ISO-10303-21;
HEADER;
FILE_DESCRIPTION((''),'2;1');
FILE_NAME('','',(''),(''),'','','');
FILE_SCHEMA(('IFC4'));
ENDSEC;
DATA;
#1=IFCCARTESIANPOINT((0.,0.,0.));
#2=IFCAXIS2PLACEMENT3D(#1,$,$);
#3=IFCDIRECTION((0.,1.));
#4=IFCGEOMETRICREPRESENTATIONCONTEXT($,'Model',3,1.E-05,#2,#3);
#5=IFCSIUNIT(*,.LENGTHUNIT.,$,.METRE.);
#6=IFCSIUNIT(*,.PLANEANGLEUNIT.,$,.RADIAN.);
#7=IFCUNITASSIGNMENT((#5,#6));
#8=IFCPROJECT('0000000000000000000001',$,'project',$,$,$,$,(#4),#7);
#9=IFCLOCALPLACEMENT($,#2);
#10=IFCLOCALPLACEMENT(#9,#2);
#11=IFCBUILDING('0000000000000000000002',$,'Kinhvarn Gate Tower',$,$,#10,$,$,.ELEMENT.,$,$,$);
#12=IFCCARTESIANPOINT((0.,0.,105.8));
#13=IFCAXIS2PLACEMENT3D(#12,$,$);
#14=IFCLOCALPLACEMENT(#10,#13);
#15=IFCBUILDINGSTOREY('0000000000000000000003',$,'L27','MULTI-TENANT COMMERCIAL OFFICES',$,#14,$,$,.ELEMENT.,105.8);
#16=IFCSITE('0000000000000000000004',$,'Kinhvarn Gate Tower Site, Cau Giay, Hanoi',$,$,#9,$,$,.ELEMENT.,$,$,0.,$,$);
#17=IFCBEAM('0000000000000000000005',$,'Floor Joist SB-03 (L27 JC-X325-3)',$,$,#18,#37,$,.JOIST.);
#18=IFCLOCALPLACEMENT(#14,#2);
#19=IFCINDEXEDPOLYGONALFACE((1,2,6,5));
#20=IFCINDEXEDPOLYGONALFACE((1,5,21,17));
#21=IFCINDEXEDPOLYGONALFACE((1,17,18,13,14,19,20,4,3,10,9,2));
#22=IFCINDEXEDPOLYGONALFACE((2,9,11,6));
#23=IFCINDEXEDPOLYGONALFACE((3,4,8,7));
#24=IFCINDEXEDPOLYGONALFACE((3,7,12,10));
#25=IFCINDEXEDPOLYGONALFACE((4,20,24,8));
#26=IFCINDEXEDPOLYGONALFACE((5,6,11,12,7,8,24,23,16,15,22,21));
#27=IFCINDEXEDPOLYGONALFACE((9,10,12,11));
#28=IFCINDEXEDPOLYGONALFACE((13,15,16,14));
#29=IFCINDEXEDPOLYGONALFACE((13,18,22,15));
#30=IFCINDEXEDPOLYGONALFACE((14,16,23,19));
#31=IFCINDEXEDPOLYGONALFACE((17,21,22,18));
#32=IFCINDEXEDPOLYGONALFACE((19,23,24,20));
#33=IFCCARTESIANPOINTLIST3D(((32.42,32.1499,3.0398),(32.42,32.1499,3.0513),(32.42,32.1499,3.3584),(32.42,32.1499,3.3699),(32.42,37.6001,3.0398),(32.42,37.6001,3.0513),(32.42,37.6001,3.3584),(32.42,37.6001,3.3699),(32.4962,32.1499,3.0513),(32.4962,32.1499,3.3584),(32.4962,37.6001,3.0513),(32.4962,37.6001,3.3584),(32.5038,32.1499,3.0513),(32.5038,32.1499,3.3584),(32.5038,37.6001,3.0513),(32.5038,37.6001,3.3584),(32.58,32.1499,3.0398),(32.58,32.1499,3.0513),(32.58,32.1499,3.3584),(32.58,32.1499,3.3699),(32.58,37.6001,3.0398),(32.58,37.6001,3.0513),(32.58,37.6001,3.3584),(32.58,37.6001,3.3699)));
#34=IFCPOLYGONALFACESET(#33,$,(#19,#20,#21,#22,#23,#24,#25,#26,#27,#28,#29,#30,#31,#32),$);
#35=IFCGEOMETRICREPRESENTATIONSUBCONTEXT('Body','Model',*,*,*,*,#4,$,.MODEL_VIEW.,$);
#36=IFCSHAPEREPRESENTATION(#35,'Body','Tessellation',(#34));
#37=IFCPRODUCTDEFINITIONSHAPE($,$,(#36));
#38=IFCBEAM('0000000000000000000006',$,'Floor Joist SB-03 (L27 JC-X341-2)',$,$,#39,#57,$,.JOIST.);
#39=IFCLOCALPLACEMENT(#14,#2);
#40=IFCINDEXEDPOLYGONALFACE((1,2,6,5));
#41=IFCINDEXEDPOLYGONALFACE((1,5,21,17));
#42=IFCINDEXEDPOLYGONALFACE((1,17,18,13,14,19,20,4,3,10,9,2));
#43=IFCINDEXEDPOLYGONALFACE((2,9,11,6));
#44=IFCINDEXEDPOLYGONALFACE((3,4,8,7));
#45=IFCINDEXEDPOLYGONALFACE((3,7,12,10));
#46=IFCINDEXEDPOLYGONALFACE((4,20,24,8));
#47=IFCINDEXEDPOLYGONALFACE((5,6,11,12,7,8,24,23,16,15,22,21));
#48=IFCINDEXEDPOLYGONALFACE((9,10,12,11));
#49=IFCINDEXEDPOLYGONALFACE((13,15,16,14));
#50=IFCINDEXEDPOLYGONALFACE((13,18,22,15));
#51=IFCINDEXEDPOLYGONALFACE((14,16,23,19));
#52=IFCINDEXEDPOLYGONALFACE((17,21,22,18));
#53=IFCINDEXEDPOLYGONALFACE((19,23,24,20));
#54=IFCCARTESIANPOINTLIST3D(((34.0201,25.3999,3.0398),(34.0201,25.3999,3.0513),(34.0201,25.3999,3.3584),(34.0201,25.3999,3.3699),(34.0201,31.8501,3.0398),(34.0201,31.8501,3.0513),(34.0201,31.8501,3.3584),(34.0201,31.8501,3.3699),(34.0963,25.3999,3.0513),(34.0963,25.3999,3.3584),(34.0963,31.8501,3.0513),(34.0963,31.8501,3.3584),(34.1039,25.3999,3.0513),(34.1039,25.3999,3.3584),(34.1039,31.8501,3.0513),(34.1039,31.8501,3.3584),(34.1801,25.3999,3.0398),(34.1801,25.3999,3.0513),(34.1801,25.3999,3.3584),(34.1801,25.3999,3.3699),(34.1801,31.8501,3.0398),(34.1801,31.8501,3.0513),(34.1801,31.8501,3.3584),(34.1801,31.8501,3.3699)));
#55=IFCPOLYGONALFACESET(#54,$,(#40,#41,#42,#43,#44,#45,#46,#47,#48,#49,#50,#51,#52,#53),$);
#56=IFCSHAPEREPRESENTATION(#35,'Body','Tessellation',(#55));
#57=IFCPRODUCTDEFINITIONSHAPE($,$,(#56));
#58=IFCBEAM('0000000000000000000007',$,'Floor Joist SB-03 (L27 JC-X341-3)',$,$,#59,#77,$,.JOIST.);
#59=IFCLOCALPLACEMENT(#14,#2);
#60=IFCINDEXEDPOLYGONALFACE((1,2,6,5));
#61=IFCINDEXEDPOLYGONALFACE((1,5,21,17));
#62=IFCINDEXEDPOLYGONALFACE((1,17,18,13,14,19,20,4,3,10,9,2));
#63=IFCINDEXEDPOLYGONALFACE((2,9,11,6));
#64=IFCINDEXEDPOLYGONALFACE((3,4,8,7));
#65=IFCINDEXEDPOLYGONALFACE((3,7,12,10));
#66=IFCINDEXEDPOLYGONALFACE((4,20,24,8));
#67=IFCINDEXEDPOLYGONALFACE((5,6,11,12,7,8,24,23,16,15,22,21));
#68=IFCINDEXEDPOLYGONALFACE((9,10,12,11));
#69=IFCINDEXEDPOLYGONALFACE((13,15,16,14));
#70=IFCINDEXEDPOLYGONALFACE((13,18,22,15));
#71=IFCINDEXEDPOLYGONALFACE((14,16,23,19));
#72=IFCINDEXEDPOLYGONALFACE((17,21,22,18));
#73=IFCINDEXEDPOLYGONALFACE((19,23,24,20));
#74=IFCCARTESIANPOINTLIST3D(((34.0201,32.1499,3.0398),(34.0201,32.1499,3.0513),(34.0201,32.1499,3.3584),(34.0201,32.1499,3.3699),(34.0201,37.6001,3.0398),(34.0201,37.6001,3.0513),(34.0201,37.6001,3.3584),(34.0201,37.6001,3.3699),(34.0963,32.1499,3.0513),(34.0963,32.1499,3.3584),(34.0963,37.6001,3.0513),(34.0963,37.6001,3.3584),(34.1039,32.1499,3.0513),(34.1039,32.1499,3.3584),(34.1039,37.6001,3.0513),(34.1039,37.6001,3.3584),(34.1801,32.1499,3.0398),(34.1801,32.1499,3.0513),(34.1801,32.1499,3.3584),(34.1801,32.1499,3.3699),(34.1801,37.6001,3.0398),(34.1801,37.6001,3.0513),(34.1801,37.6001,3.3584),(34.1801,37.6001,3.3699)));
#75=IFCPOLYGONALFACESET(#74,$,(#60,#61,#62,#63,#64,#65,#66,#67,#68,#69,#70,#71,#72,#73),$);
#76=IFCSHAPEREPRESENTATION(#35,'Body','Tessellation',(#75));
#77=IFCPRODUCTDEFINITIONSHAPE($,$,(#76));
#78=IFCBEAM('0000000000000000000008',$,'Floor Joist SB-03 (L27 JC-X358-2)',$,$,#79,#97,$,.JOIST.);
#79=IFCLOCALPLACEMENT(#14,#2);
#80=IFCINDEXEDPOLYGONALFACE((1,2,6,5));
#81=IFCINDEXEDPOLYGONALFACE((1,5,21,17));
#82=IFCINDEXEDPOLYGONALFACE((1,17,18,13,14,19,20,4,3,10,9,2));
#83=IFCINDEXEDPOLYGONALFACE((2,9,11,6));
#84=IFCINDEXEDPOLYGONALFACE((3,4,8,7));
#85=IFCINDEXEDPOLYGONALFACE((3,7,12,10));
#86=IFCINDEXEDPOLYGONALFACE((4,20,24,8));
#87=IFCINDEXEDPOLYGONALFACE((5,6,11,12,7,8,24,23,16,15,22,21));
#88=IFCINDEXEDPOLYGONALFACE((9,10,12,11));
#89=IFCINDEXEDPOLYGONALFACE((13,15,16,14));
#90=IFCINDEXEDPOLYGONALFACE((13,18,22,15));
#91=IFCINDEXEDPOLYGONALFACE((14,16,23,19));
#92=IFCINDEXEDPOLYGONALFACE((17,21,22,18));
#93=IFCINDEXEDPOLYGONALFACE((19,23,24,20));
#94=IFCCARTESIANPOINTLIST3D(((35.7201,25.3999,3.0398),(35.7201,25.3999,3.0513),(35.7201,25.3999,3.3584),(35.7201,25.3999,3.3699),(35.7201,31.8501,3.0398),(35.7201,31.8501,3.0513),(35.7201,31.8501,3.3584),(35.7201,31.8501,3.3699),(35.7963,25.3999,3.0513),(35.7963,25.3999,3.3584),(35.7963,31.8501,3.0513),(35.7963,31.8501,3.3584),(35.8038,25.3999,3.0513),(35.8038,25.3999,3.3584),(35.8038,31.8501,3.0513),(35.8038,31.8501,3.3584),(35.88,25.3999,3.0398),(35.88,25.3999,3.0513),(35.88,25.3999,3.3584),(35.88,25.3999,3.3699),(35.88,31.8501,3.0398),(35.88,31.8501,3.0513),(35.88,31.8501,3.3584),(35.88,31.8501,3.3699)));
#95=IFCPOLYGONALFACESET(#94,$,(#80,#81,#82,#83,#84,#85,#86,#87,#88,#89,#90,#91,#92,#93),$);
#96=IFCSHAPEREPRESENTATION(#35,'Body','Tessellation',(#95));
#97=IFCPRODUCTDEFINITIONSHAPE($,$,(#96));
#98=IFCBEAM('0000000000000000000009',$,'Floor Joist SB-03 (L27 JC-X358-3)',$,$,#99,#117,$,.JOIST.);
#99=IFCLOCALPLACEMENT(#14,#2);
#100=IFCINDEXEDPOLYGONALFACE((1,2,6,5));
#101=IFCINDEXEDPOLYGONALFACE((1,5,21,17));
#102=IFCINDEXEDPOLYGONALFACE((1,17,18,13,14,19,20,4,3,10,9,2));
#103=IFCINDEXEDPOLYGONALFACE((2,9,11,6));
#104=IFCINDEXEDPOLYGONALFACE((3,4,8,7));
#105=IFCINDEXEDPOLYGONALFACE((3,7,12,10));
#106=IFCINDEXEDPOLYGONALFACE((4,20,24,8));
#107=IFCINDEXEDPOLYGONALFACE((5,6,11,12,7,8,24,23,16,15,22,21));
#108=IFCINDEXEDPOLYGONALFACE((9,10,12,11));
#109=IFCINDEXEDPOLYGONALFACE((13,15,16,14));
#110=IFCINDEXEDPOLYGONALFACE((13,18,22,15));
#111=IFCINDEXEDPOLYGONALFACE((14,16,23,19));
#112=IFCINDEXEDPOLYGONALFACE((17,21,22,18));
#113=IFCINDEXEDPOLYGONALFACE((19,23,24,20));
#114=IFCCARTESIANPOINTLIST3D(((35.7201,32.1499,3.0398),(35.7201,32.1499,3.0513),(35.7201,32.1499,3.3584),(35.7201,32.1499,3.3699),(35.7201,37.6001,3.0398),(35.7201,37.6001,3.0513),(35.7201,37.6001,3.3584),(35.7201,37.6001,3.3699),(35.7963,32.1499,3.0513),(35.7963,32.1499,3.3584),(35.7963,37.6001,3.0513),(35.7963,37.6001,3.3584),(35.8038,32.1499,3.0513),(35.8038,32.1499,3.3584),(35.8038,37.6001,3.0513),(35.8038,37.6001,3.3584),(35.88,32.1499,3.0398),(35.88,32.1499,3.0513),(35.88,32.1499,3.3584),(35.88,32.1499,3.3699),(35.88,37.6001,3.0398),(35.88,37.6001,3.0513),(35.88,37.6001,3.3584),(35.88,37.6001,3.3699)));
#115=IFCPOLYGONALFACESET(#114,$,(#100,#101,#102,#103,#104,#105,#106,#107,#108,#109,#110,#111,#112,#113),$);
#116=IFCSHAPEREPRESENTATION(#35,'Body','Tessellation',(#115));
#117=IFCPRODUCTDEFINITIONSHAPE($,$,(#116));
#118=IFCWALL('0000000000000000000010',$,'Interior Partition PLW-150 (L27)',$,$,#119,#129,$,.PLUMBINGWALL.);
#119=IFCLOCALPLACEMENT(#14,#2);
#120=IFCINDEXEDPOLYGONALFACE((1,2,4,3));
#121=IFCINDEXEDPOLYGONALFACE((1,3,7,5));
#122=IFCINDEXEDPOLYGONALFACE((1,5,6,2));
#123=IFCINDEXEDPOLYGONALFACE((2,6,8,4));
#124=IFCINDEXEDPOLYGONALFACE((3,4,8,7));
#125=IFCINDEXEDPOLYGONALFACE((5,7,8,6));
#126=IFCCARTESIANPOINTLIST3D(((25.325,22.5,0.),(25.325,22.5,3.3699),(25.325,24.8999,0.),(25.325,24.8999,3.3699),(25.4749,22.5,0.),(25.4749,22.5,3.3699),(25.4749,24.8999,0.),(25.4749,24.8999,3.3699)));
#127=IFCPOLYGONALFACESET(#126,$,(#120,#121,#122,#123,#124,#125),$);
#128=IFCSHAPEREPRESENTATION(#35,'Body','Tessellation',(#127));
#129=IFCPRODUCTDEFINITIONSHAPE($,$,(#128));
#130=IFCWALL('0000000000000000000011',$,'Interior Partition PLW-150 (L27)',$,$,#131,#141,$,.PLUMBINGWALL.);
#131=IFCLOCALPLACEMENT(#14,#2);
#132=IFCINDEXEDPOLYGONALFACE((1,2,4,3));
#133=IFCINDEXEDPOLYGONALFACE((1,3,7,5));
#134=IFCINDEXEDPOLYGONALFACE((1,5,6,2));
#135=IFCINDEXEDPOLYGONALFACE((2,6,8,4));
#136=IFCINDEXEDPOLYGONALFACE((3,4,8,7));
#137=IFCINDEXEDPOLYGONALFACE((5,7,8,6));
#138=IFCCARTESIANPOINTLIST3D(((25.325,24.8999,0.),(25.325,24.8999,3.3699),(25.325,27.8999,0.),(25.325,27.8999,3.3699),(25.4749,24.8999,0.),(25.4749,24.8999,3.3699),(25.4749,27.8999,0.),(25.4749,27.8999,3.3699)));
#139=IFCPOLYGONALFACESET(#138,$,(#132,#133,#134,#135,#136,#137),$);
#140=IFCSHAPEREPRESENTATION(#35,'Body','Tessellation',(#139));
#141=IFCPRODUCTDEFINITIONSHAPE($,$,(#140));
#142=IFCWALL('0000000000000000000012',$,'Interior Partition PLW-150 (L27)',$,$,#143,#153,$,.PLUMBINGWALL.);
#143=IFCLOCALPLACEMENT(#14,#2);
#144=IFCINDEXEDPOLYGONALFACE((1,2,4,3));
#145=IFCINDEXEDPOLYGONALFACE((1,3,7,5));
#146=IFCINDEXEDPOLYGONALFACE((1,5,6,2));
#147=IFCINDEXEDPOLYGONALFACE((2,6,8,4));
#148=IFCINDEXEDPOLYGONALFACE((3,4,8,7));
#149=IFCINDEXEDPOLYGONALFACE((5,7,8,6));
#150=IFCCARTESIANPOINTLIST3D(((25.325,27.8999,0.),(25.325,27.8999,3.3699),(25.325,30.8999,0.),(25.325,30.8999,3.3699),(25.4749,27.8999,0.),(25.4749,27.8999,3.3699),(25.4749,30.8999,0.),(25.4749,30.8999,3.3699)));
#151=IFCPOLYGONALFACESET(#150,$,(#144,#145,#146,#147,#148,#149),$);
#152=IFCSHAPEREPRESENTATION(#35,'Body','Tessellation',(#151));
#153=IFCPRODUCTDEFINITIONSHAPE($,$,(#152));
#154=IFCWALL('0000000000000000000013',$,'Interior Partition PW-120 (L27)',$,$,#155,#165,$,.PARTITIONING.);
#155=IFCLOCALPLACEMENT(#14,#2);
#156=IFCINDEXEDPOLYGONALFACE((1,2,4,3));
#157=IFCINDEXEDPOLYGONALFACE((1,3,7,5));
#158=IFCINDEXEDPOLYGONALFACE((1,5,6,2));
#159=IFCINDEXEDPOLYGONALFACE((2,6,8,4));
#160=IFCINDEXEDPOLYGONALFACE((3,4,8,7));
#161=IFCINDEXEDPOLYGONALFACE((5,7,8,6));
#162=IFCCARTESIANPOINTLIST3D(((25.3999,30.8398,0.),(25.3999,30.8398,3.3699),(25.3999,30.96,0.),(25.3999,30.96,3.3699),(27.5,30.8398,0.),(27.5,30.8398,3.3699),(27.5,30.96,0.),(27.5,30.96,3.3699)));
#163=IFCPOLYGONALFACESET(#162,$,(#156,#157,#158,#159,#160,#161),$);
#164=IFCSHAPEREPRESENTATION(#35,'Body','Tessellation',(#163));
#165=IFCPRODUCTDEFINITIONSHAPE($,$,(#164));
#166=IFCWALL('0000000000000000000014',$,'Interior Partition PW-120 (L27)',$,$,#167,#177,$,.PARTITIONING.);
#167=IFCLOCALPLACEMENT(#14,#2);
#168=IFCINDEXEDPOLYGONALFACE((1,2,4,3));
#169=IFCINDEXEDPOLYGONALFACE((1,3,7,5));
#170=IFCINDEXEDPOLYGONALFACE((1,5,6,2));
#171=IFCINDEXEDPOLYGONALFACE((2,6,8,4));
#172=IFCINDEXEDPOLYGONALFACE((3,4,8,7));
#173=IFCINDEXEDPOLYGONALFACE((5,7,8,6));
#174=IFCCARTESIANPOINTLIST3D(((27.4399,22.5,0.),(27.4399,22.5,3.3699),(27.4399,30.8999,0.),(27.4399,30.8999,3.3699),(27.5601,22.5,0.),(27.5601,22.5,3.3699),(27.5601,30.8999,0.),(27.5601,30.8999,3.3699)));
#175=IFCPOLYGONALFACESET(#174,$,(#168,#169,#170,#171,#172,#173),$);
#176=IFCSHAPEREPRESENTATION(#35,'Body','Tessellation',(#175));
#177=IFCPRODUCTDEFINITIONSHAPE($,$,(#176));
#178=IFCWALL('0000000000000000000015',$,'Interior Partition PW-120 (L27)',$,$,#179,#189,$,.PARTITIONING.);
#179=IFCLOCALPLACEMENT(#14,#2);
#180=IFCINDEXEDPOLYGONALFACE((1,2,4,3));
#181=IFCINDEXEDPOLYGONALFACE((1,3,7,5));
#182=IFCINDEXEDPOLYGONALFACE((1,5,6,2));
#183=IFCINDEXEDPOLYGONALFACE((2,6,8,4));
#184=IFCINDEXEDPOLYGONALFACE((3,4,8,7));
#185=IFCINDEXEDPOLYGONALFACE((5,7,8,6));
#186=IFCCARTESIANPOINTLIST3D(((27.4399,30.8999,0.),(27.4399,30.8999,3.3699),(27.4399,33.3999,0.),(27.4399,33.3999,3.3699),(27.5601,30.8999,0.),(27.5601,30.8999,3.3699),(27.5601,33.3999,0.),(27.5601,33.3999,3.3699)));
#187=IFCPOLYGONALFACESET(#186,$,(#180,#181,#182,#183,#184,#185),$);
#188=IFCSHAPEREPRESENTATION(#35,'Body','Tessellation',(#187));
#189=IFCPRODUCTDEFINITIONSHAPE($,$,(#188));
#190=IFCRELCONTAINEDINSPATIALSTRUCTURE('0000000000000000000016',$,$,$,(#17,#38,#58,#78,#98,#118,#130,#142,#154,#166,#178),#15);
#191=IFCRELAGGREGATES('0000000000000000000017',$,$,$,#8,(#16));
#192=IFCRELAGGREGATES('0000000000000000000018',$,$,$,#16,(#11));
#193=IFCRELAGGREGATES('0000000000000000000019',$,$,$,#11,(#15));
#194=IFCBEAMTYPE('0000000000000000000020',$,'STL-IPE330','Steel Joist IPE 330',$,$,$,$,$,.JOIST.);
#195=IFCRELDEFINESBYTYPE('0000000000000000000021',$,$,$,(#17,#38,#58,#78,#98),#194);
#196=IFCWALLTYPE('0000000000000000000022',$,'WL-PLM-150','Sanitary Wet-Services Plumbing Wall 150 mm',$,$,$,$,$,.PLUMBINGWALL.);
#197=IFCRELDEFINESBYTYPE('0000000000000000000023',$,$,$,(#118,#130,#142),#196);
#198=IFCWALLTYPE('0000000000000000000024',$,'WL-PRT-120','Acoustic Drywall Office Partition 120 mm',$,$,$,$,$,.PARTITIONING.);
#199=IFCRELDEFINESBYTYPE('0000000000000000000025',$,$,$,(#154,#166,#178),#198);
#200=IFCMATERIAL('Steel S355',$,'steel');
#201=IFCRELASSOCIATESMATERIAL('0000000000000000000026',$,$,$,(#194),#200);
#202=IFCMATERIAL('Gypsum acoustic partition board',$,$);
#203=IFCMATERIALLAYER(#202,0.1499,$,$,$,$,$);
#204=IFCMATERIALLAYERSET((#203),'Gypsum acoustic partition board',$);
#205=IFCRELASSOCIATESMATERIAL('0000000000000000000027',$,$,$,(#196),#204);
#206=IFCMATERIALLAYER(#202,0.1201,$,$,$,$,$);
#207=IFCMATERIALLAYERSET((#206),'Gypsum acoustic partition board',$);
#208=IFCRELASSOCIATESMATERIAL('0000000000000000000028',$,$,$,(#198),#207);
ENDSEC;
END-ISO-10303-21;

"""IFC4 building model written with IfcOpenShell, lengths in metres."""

from ifc_helpers import new_model, si_unit, direction, frame, frame_2d, origin, origin_2d, place, context, subcontext, project, spatial, rectangle, i_section, extrude, material, layer, layer_set, material_profile, profile_set, type_object, element, save


model = new_model("IFC4")

# Units and contexts
model_context = context("Model", 3, precision=1e-05, world=origin(), true_north=direction((0.0, 1.0)))
body_context = subcontext(model_context, "Body", "Model", "MODEL_VIEW")
ifc_project = project(units=[si_unit("LENGTHUNIT", "METRE"), si_unit("PLANEANGLEUNIT", "RADIAN")], contexts=[model_context])

# Site, building, storey
site_placement = place(None, origin())
site = spatial("IfcSite", under=ifc_project, at=site_placement, Name="Kinhvarn Gate Tower Site, Cau Giay, Hanoi", CompositionType="ELEMENT", RefElevation=0.0)
building_placement = place(site_placement, origin())
building = spatial("IfcBuilding", under=site, at=building_placement, Name="Kinhvarn Gate Tower", CompositionType="ELEMENT")
storey_placement = place(building_placement, frame((0.0, 0.0, 105.8)))
storey = spatial("IfcBuildingStorey", under=building, at=storey_placement, Name="L27", Description="MULTI-TENANT COMMERCIAL OFFICES", CompositionType="ELEMENT", Elevation=105.8)

# Beams
ifc_material_1 = material(Name="Steel S355", Category="steel")
ifc_material_profile_1 = material_profile(ifc_material_1, i_section(OverallWidth=0.1599, OverallDepth=0.3301, WebThickness=0.0076, FlangeThickness=0.0115, at=origin_2d()), Name="IPE 330")
ifc_profile_set_1 = profile_set([ifc_material_profile_1], Name="Steel S355")
beam_type_1 = type_object("IfcBeamType", Name="STL-IPE330", Description="Steel Joist IPE 330", PredefinedType="JOIST", material=ifc_profile_set_1)
beam_1_placement = place(storey_placement, frame((32.5, 32.1499, 3.2048), z_axis=(0.0, 1.0, 0.0), x_axis=(-1.0, 0.0, 0.0)))
element("IfcBeam", 1, at=beam_1_placement, inside=storey, type_object=beam_type_1, Name="Floor Joist SB-03 (L27 JC-X325-3)", PredefinedType="JOIST", context=body_context, shape_type="SweptSolid", body=[
    extrude(i_section(OverallWidth=0.1599, OverallDepth=0.3301, WebThickness=0.0076, FlangeThickness=0.0115, at=origin_2d()), origin(), (0.0, 0.0, 1.0), 5.4502),
])
beam_2_placement = place(storey_placement, frame((34.1001, 25.3999, 3.2048), z_axis=(0.0, 1.0, 0.0), x_axis=(-1.0, 0.0, 0.0)))
element("IfcBeam", 2, at=beam_2_placement, inside=storey, type_object=beam_type_1, Name="Floor Joist SB-03 (L27 JC-X341-2)", PredefinedType="JOIST", context=body_context, shape_type="SweptSolid", body=[
    extrude(i_section(OverallWidth=0.1599, OverallDepth=0.3301, WebThickness=0.0076, FlangeThickness=0.0115, at=origin_2d()), origin(), (0.0, 0.0, 1.0), 6.4502),
])
beam_3_placement = place(storey_placement, frame((34.1001, 32.1499, 3.2048), z_axis=(0.0, 1.0, 0.0), x_axis=(-1.0, 0.0, 0.0)))
element("IfcBeam", 3, at=beam_3_placement, inside=storey, type_object=beam_type_1, Name="Floor Joist SB-03 (L27 JC-X341-3)", PredefinedType="JOIST", context=body_context, shape_type="SweptSolid", body=[
    extrude(i_section(OverallWidth=0.1599, OverallDepth=0.3301, WebThickness=0.0076, FlangeThickness=0.0115, at=origin_2d()), origin(), (0.0, 0.0, 1.0), 5.4502),
])
beam_4_placement = place(storey_placement, frame((35.8, 25.3999, 3.2048), z_axis=(0.0, 1.0, 0.0), x_axis=(-1.0, 0.0, 0.0)))
element("IfcBeam", 4, at=beam_4_placement, inside=storey, type_object=beam_type_1, Name="Floor Joist SB-03 (L27 JC-X358-2)", PredefinedType="JOIST", context=body_context, shape_type="SweptSolid", body=[
    extrude(i_section(OverallWidth=0.1599, OverallDepth=0.3301, WebThickness=0.0076, FlangeThickness=0.0115, at=origin_2d()), origin(), (0.0, 0.0, 1.0), 6.4502),
])
beam_5_placement = place(storey_placement, frame((35.8, 32.1499, 3.2048), z_axis=(0.0, 1.0, 0.0), x_axis=(-1.0, 0.0, 0.0)))
element("IfcBeam", 5, at=beam_5_placement, inside=storey, type_object=beam_type_1, Name="Floor Joist SB-03 (L27 JC-X358-3)", PredefinedType="JOIST", context=body_context, shape_type="SweptSolid", body=[
    extrude(i_section(OverallWidth=0.1599, OverallDepth=0.3301, WebThickness=0.0076, FlangeThickness=0.0115, at=origin_2d()), origin(), (0.0, 0.0, 1.0), 5.4502),
])

# Walls
ifc_material_2 = material(Name="Gypsum acoustic partition board")
ifc_layer_1 = layer(ifc_material_2, 0.1499)
ifc_layer_set_1 = layer_set([ifc_layer_1], Name="Gypsum acoustic partition board")
wall_type_1 = type_object("IfcWallType", Name="WL-PLM-150", Description="Sanitary Wet-Services Plumbing Wall 150 mm", PredefinedType="PLUMBINGWALL", material=ifc_layer_set_1)
wall_1_placement = place(storey_placement, frame((25.3999, 22.5, 0.0), z_axis=(0.0, 0.0, 1.0), x_axis=(0.0, 1.0, 0.0)))
element("IfcWall", 6, at=wall_1_placement, inside=storey, type_object=wall_type_1, Name="Interior Partition PLW-150 (L27)", PredefinedType="PLUMBINGWALL", context=body_context, shape_type="SweptSolid", body=[
    extrude(rectangle(XDim=2.3999, YDim=0.1499, at=frame_2d((1.2, 0.0))), origin(), (0.0, 0.0, 1.0), 3.3699),
])
for number, where, z_axis, x_axis, name in (
    (7, (25.3999, 24.8999, 0.0), (0.0, 0.0, 1.0), (0.0, 1.0, 0.0), "Interior Partition PLW-150 (L27)"),
    (8, (25.3999, 27.8999, 0.0), (0.0, 0.0, 1.0), (0.0, 1.0, 0.0), "Interior Partition PLW-150 (L27)"),
):
    element("IfcWall", number, at=place(storey_placement, frame(where, z_axis=z_axis, x_axis=x_axis)), inside=storey, type_object=wall_type_1, Name=name, PredefinedType="PLUMBINGWALL", context=body_context, shape_type="SweptSolid", body=[
        extrude(rectangle(XDim=3.0, YDim=0.1499, at=frame_2d((1.5, 0.0))), origin(), (0.0, 0.0, 1.0), 3.3699),
    ])
ifc_layer_2 = layer(ifc_material_2, 0.1201)
ifc_layer_set_2 = layer_set([ifc_layer_2], Name="Gypsum acoustic partition board")
wall_type_2 = type_object("IfcWallType", Name="WL-PRT-120", Description="Acoustic Drywall Office Partition 120 mm", PredefinedType="PARTITIONING", material=ifc_layer_set_2)
wall_2_placement = place(storey_placement, frame((25.3999, 30.8999, 0.0), z_axis=(0.0, 0.0, 1.0), x_axis=(1.0, 0.0, 0.0)))
element("IfcWall", 9, at=wall_2_placement, inside=storey, type_object=wall_type_2, Name="Interior Partition PW-120 (L27)", PredefinedType="PARTITIONING", context=body_context, shape_type="SweptSolid", body=[
    extrude(rectangle(XDim=2.1001, YDim=0.1201, at=frame_2d((1.05, 0.0))), origin(), (0.0, 0.0, 1.0), 3.3699),
])
wall_3_placement = place(storey_placement, frame((27.5, 22.5, 0.0), z_axis=(0.0, 0.0, 1.0), x_axis=(0.0, 1.0, 0.0)))
element("IfcWall", 10, at=wall_3_placement, inside=storey, type_object=wall_type_2, Name="Interior Partition PW-120 (L27)", PredefinedType="PARTITIONING", context=body_context, shape_type="SweptSolid", body=[
    extrude(rectangle(XDim=8.3999, YDim=0.1201, at=frame_2d((4.2, 0.0))), origin(), (0.0, 0.0, 1.0), 3.3699),
])
wall_4_placement = place(storey_placement, frame((27.5, 30.8999, 0.0), z_axis=(0.0, 0.0, 1.0), x_axis=(0.0, 1.0, 0.0)))
element("IfcWall", 11, at=wall_4_placement, inside=storey, type_object=wall_type_2, Name="Interior Partition PW-120 (L27)", PredefinedType="PARTITIONING", context=body_context, shape_type="SweptSolid", body=[
    extrude(rectangle(XDim=2.5, YDim=0.1201, at=frame_2d((1.25, 0.0))), origin(), (0.0, 0.0, 1.0), 3.3699),
])

save(model, "model.ifc")
